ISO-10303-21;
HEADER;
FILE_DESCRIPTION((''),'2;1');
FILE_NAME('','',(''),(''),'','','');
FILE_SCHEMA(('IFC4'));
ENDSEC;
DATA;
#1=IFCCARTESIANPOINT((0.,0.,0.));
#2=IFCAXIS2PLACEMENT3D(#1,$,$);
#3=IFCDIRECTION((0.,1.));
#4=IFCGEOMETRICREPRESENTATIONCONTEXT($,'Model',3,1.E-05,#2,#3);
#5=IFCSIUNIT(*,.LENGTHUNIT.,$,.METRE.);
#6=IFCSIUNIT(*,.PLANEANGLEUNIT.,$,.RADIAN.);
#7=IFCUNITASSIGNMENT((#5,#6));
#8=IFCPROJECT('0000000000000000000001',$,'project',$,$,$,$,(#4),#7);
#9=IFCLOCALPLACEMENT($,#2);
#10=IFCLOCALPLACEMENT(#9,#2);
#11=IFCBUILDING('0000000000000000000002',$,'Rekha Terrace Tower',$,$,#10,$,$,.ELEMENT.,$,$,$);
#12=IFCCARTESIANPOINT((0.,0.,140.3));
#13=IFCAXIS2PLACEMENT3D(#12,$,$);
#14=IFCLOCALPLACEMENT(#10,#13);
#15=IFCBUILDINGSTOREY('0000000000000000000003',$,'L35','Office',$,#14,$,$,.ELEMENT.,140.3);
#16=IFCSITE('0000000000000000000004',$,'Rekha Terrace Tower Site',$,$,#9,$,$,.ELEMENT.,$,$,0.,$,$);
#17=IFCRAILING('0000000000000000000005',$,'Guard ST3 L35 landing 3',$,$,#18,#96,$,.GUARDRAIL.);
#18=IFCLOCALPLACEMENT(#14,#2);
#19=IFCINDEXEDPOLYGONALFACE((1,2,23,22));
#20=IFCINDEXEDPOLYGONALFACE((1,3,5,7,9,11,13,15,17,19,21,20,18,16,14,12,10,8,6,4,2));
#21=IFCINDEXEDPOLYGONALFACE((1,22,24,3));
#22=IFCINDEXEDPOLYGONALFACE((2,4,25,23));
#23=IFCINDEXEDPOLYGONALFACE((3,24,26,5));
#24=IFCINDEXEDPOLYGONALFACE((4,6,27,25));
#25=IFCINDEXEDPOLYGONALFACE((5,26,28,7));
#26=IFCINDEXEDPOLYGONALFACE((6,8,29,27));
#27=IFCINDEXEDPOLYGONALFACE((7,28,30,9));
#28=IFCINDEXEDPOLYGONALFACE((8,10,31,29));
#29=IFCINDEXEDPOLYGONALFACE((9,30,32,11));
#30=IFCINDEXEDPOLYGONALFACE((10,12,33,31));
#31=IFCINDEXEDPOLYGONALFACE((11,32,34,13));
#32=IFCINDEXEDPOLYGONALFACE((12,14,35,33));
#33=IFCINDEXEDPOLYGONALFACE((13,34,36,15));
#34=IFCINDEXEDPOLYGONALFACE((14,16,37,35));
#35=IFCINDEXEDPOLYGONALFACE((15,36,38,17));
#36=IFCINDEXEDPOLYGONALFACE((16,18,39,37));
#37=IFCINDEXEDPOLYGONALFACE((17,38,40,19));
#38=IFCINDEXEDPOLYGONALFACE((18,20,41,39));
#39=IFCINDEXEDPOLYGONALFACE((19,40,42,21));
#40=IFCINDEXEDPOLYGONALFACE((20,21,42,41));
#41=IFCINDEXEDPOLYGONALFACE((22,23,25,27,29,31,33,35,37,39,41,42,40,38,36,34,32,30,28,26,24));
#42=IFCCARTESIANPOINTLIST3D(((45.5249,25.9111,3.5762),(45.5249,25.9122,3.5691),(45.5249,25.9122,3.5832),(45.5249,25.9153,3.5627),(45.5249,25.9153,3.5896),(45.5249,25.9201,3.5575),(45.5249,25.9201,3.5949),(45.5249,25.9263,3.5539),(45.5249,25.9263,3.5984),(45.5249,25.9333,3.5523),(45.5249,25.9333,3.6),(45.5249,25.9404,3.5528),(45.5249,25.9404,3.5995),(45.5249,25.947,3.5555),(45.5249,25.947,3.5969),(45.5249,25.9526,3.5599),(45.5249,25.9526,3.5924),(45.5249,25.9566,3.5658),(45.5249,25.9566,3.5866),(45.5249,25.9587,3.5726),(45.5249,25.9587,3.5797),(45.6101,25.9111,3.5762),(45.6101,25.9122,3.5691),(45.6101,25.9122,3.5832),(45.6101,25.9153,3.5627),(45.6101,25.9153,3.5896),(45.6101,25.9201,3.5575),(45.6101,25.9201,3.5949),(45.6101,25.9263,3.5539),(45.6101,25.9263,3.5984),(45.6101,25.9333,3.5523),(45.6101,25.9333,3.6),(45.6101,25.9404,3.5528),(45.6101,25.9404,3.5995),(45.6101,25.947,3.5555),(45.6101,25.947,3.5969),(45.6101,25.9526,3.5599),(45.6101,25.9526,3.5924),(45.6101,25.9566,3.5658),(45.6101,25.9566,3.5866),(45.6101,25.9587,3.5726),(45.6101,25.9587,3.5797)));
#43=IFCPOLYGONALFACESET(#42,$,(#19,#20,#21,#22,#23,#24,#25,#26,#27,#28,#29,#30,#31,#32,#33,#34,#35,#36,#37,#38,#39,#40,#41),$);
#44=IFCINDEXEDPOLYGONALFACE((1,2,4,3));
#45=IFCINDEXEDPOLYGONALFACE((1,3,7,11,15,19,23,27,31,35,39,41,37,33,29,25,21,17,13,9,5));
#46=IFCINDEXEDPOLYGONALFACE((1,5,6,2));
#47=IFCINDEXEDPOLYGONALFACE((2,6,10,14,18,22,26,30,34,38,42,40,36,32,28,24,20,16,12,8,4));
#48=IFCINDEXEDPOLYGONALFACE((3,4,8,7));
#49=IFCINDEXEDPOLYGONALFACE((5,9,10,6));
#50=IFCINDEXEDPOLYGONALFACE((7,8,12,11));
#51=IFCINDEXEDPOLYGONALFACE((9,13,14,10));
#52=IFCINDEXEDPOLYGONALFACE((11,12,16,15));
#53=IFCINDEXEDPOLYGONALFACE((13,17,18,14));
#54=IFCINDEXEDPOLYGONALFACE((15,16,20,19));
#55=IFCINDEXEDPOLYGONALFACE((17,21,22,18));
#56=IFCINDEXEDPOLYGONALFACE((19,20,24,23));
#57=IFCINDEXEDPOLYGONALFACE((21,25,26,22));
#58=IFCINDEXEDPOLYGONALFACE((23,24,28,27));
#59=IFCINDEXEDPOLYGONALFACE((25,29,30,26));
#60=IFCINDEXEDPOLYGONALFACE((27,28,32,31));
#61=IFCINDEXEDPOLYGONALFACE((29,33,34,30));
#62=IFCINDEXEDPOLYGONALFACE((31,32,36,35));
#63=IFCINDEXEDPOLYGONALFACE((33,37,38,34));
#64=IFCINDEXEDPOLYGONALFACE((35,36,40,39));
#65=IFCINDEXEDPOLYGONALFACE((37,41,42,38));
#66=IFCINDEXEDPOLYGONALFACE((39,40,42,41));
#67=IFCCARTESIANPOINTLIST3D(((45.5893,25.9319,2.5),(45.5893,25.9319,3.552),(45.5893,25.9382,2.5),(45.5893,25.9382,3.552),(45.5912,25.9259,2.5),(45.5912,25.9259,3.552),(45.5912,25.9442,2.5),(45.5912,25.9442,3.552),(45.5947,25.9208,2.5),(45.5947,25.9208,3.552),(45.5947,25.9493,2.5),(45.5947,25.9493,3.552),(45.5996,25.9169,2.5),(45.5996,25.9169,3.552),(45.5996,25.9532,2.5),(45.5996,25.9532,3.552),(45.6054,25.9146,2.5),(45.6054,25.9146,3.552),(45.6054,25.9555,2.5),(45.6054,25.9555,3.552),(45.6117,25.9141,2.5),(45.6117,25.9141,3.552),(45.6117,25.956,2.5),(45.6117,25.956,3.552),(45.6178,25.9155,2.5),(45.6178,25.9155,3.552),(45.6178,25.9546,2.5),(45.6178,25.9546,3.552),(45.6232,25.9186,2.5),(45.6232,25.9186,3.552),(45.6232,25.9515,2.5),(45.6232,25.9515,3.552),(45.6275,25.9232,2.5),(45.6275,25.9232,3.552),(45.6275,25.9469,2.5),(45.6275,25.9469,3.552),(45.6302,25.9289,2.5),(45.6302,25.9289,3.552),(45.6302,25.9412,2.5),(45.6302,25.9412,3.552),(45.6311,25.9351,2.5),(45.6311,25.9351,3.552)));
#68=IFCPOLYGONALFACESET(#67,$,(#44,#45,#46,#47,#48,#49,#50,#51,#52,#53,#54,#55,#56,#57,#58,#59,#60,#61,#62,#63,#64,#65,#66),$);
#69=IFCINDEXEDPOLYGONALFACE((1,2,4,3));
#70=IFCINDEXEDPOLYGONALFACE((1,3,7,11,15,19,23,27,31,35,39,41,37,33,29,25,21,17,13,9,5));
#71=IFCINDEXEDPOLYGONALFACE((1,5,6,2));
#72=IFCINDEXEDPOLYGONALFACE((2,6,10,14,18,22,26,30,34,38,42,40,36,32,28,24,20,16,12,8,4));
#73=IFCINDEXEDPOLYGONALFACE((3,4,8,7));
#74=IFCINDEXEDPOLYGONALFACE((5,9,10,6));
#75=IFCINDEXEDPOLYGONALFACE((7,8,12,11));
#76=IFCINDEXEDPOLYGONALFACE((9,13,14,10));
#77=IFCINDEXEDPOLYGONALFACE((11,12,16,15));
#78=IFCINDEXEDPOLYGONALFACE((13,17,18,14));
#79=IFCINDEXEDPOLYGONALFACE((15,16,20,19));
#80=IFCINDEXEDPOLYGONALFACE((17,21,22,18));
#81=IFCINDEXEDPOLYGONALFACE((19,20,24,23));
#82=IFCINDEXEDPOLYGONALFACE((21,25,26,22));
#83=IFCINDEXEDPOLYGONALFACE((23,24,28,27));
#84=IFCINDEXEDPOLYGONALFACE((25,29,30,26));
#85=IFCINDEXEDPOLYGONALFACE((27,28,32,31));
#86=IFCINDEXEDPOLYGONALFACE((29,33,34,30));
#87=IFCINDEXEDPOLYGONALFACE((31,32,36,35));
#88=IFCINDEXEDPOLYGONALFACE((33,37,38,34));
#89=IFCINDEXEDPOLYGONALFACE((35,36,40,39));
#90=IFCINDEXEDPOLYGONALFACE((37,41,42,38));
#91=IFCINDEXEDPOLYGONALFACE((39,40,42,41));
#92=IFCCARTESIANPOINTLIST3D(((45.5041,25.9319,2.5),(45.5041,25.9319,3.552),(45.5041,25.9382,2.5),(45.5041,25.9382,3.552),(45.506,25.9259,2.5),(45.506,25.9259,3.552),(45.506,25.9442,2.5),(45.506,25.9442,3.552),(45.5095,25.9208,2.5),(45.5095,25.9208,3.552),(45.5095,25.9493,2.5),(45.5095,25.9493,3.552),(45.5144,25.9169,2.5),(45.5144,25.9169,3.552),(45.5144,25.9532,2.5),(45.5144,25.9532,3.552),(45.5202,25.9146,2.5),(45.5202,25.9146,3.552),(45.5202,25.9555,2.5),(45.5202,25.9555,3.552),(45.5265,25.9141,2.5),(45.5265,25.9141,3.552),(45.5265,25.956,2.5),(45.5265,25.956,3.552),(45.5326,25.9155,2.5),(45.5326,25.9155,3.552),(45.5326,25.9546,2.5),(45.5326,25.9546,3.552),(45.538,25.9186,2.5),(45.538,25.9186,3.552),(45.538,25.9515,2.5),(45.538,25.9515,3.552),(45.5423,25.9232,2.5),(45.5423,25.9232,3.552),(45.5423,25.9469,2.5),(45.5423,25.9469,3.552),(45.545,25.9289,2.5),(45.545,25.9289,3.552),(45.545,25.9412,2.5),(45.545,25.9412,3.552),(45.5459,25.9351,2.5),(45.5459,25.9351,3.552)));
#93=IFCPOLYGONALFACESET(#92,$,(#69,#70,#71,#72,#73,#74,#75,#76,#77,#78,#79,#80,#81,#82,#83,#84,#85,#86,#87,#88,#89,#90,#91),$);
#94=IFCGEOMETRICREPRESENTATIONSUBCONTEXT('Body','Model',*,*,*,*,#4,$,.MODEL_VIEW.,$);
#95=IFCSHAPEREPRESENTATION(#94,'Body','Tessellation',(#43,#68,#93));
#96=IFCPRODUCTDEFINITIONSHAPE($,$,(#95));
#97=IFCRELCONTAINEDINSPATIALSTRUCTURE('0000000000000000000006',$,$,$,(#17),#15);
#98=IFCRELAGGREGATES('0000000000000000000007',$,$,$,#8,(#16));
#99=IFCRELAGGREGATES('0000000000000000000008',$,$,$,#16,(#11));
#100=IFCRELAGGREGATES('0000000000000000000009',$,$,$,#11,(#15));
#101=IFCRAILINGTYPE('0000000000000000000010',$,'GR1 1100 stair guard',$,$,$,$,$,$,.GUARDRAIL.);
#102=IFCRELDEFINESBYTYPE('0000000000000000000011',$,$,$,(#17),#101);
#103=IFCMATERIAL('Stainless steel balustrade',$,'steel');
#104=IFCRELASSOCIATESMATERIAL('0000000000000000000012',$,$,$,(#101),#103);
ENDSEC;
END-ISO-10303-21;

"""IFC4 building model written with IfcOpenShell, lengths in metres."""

from ifc_helpers import new_model, si_unit, direction, frame, origin, origin_2d, place, context, subcontext, project, spatial, circle, extrude, material, type_object, element, save


model = new_model("IFC4")

# Units and contexts
model_context = context("Model", 3, precision=1e-05, world=origin(), true_north=direction((0.0, 1.0)))
body_context = subcontext(model_context, "Body", "Model", "MODEL_VIEW")
ifc_project = project(units=[si_unit("LENGTHUNIT", "METRE"), si_unit("PLANEANGLEUNIT", "RADIAN")], contexts=[model_context])

# Site, building, storey
site_placement = place(None, origin())
site = spatial("IfcSite", under=ifc_project, at=site_placement, Name="Rekha Terrace Tower Site", CompositionType="ELEMENT", RefElevation=0.0)
building_placement = place(site_placement, origin())
building = spatial("IfcBuilding", under=site, at=building_placement, Name="Rekha Terrace Tower", CompositionType="ELEMENT")
storey_placement = place(building_placement, frame((0.0, 0.0, 140.3)))
storey = spatial("IfcBuildingStorey", under=building, at=storey_placement, Name="L35", Description="Office", CompositionType="ELEMENT", Elevation=140.3)

# Railing
ifc_material_1 = material(Name="Stainless steel balustrade", Category="steel")
railing_type_1 = type_object("IfcRailingType", Name="GR1 1100 stair guard", PredefinedType="GUARDRAIL", material=ifc_material_1)
railing_1_placement = place(storey_placement, frame((45.6101, 25.9351, 2.5)))
element("IfcRailing", 1, at=railing_1_placement, inside=storey, type_object=railing_type_1, Name="Guard ST3 L35 landing 3", PredefinedType="GUARDRAIL", context=body_context, shape_type="SweptSolid", body=[
    extrude(circle(Radius=0.0239, at=origin_2d()), frame((0.0, 0.0, 1.0762), z_axis=(-1.0, 0.0, 0.0), x_axis=(0.0, -1.0, 0.0)), (0.0, 0.0, 1.0), 0.0852),
    extrude(circle(Radius=0.021, at=origin_2d()), origin(), (0.0, 0.0, 1.0), 1.052),
    extrude(circle(Radius=0.021, at=origin_2d()), frame((-0.0852, 0.0, 0.0)), (0.0, 0.0, 1.0), 1.052),
])

save(model, "model.ifc")
